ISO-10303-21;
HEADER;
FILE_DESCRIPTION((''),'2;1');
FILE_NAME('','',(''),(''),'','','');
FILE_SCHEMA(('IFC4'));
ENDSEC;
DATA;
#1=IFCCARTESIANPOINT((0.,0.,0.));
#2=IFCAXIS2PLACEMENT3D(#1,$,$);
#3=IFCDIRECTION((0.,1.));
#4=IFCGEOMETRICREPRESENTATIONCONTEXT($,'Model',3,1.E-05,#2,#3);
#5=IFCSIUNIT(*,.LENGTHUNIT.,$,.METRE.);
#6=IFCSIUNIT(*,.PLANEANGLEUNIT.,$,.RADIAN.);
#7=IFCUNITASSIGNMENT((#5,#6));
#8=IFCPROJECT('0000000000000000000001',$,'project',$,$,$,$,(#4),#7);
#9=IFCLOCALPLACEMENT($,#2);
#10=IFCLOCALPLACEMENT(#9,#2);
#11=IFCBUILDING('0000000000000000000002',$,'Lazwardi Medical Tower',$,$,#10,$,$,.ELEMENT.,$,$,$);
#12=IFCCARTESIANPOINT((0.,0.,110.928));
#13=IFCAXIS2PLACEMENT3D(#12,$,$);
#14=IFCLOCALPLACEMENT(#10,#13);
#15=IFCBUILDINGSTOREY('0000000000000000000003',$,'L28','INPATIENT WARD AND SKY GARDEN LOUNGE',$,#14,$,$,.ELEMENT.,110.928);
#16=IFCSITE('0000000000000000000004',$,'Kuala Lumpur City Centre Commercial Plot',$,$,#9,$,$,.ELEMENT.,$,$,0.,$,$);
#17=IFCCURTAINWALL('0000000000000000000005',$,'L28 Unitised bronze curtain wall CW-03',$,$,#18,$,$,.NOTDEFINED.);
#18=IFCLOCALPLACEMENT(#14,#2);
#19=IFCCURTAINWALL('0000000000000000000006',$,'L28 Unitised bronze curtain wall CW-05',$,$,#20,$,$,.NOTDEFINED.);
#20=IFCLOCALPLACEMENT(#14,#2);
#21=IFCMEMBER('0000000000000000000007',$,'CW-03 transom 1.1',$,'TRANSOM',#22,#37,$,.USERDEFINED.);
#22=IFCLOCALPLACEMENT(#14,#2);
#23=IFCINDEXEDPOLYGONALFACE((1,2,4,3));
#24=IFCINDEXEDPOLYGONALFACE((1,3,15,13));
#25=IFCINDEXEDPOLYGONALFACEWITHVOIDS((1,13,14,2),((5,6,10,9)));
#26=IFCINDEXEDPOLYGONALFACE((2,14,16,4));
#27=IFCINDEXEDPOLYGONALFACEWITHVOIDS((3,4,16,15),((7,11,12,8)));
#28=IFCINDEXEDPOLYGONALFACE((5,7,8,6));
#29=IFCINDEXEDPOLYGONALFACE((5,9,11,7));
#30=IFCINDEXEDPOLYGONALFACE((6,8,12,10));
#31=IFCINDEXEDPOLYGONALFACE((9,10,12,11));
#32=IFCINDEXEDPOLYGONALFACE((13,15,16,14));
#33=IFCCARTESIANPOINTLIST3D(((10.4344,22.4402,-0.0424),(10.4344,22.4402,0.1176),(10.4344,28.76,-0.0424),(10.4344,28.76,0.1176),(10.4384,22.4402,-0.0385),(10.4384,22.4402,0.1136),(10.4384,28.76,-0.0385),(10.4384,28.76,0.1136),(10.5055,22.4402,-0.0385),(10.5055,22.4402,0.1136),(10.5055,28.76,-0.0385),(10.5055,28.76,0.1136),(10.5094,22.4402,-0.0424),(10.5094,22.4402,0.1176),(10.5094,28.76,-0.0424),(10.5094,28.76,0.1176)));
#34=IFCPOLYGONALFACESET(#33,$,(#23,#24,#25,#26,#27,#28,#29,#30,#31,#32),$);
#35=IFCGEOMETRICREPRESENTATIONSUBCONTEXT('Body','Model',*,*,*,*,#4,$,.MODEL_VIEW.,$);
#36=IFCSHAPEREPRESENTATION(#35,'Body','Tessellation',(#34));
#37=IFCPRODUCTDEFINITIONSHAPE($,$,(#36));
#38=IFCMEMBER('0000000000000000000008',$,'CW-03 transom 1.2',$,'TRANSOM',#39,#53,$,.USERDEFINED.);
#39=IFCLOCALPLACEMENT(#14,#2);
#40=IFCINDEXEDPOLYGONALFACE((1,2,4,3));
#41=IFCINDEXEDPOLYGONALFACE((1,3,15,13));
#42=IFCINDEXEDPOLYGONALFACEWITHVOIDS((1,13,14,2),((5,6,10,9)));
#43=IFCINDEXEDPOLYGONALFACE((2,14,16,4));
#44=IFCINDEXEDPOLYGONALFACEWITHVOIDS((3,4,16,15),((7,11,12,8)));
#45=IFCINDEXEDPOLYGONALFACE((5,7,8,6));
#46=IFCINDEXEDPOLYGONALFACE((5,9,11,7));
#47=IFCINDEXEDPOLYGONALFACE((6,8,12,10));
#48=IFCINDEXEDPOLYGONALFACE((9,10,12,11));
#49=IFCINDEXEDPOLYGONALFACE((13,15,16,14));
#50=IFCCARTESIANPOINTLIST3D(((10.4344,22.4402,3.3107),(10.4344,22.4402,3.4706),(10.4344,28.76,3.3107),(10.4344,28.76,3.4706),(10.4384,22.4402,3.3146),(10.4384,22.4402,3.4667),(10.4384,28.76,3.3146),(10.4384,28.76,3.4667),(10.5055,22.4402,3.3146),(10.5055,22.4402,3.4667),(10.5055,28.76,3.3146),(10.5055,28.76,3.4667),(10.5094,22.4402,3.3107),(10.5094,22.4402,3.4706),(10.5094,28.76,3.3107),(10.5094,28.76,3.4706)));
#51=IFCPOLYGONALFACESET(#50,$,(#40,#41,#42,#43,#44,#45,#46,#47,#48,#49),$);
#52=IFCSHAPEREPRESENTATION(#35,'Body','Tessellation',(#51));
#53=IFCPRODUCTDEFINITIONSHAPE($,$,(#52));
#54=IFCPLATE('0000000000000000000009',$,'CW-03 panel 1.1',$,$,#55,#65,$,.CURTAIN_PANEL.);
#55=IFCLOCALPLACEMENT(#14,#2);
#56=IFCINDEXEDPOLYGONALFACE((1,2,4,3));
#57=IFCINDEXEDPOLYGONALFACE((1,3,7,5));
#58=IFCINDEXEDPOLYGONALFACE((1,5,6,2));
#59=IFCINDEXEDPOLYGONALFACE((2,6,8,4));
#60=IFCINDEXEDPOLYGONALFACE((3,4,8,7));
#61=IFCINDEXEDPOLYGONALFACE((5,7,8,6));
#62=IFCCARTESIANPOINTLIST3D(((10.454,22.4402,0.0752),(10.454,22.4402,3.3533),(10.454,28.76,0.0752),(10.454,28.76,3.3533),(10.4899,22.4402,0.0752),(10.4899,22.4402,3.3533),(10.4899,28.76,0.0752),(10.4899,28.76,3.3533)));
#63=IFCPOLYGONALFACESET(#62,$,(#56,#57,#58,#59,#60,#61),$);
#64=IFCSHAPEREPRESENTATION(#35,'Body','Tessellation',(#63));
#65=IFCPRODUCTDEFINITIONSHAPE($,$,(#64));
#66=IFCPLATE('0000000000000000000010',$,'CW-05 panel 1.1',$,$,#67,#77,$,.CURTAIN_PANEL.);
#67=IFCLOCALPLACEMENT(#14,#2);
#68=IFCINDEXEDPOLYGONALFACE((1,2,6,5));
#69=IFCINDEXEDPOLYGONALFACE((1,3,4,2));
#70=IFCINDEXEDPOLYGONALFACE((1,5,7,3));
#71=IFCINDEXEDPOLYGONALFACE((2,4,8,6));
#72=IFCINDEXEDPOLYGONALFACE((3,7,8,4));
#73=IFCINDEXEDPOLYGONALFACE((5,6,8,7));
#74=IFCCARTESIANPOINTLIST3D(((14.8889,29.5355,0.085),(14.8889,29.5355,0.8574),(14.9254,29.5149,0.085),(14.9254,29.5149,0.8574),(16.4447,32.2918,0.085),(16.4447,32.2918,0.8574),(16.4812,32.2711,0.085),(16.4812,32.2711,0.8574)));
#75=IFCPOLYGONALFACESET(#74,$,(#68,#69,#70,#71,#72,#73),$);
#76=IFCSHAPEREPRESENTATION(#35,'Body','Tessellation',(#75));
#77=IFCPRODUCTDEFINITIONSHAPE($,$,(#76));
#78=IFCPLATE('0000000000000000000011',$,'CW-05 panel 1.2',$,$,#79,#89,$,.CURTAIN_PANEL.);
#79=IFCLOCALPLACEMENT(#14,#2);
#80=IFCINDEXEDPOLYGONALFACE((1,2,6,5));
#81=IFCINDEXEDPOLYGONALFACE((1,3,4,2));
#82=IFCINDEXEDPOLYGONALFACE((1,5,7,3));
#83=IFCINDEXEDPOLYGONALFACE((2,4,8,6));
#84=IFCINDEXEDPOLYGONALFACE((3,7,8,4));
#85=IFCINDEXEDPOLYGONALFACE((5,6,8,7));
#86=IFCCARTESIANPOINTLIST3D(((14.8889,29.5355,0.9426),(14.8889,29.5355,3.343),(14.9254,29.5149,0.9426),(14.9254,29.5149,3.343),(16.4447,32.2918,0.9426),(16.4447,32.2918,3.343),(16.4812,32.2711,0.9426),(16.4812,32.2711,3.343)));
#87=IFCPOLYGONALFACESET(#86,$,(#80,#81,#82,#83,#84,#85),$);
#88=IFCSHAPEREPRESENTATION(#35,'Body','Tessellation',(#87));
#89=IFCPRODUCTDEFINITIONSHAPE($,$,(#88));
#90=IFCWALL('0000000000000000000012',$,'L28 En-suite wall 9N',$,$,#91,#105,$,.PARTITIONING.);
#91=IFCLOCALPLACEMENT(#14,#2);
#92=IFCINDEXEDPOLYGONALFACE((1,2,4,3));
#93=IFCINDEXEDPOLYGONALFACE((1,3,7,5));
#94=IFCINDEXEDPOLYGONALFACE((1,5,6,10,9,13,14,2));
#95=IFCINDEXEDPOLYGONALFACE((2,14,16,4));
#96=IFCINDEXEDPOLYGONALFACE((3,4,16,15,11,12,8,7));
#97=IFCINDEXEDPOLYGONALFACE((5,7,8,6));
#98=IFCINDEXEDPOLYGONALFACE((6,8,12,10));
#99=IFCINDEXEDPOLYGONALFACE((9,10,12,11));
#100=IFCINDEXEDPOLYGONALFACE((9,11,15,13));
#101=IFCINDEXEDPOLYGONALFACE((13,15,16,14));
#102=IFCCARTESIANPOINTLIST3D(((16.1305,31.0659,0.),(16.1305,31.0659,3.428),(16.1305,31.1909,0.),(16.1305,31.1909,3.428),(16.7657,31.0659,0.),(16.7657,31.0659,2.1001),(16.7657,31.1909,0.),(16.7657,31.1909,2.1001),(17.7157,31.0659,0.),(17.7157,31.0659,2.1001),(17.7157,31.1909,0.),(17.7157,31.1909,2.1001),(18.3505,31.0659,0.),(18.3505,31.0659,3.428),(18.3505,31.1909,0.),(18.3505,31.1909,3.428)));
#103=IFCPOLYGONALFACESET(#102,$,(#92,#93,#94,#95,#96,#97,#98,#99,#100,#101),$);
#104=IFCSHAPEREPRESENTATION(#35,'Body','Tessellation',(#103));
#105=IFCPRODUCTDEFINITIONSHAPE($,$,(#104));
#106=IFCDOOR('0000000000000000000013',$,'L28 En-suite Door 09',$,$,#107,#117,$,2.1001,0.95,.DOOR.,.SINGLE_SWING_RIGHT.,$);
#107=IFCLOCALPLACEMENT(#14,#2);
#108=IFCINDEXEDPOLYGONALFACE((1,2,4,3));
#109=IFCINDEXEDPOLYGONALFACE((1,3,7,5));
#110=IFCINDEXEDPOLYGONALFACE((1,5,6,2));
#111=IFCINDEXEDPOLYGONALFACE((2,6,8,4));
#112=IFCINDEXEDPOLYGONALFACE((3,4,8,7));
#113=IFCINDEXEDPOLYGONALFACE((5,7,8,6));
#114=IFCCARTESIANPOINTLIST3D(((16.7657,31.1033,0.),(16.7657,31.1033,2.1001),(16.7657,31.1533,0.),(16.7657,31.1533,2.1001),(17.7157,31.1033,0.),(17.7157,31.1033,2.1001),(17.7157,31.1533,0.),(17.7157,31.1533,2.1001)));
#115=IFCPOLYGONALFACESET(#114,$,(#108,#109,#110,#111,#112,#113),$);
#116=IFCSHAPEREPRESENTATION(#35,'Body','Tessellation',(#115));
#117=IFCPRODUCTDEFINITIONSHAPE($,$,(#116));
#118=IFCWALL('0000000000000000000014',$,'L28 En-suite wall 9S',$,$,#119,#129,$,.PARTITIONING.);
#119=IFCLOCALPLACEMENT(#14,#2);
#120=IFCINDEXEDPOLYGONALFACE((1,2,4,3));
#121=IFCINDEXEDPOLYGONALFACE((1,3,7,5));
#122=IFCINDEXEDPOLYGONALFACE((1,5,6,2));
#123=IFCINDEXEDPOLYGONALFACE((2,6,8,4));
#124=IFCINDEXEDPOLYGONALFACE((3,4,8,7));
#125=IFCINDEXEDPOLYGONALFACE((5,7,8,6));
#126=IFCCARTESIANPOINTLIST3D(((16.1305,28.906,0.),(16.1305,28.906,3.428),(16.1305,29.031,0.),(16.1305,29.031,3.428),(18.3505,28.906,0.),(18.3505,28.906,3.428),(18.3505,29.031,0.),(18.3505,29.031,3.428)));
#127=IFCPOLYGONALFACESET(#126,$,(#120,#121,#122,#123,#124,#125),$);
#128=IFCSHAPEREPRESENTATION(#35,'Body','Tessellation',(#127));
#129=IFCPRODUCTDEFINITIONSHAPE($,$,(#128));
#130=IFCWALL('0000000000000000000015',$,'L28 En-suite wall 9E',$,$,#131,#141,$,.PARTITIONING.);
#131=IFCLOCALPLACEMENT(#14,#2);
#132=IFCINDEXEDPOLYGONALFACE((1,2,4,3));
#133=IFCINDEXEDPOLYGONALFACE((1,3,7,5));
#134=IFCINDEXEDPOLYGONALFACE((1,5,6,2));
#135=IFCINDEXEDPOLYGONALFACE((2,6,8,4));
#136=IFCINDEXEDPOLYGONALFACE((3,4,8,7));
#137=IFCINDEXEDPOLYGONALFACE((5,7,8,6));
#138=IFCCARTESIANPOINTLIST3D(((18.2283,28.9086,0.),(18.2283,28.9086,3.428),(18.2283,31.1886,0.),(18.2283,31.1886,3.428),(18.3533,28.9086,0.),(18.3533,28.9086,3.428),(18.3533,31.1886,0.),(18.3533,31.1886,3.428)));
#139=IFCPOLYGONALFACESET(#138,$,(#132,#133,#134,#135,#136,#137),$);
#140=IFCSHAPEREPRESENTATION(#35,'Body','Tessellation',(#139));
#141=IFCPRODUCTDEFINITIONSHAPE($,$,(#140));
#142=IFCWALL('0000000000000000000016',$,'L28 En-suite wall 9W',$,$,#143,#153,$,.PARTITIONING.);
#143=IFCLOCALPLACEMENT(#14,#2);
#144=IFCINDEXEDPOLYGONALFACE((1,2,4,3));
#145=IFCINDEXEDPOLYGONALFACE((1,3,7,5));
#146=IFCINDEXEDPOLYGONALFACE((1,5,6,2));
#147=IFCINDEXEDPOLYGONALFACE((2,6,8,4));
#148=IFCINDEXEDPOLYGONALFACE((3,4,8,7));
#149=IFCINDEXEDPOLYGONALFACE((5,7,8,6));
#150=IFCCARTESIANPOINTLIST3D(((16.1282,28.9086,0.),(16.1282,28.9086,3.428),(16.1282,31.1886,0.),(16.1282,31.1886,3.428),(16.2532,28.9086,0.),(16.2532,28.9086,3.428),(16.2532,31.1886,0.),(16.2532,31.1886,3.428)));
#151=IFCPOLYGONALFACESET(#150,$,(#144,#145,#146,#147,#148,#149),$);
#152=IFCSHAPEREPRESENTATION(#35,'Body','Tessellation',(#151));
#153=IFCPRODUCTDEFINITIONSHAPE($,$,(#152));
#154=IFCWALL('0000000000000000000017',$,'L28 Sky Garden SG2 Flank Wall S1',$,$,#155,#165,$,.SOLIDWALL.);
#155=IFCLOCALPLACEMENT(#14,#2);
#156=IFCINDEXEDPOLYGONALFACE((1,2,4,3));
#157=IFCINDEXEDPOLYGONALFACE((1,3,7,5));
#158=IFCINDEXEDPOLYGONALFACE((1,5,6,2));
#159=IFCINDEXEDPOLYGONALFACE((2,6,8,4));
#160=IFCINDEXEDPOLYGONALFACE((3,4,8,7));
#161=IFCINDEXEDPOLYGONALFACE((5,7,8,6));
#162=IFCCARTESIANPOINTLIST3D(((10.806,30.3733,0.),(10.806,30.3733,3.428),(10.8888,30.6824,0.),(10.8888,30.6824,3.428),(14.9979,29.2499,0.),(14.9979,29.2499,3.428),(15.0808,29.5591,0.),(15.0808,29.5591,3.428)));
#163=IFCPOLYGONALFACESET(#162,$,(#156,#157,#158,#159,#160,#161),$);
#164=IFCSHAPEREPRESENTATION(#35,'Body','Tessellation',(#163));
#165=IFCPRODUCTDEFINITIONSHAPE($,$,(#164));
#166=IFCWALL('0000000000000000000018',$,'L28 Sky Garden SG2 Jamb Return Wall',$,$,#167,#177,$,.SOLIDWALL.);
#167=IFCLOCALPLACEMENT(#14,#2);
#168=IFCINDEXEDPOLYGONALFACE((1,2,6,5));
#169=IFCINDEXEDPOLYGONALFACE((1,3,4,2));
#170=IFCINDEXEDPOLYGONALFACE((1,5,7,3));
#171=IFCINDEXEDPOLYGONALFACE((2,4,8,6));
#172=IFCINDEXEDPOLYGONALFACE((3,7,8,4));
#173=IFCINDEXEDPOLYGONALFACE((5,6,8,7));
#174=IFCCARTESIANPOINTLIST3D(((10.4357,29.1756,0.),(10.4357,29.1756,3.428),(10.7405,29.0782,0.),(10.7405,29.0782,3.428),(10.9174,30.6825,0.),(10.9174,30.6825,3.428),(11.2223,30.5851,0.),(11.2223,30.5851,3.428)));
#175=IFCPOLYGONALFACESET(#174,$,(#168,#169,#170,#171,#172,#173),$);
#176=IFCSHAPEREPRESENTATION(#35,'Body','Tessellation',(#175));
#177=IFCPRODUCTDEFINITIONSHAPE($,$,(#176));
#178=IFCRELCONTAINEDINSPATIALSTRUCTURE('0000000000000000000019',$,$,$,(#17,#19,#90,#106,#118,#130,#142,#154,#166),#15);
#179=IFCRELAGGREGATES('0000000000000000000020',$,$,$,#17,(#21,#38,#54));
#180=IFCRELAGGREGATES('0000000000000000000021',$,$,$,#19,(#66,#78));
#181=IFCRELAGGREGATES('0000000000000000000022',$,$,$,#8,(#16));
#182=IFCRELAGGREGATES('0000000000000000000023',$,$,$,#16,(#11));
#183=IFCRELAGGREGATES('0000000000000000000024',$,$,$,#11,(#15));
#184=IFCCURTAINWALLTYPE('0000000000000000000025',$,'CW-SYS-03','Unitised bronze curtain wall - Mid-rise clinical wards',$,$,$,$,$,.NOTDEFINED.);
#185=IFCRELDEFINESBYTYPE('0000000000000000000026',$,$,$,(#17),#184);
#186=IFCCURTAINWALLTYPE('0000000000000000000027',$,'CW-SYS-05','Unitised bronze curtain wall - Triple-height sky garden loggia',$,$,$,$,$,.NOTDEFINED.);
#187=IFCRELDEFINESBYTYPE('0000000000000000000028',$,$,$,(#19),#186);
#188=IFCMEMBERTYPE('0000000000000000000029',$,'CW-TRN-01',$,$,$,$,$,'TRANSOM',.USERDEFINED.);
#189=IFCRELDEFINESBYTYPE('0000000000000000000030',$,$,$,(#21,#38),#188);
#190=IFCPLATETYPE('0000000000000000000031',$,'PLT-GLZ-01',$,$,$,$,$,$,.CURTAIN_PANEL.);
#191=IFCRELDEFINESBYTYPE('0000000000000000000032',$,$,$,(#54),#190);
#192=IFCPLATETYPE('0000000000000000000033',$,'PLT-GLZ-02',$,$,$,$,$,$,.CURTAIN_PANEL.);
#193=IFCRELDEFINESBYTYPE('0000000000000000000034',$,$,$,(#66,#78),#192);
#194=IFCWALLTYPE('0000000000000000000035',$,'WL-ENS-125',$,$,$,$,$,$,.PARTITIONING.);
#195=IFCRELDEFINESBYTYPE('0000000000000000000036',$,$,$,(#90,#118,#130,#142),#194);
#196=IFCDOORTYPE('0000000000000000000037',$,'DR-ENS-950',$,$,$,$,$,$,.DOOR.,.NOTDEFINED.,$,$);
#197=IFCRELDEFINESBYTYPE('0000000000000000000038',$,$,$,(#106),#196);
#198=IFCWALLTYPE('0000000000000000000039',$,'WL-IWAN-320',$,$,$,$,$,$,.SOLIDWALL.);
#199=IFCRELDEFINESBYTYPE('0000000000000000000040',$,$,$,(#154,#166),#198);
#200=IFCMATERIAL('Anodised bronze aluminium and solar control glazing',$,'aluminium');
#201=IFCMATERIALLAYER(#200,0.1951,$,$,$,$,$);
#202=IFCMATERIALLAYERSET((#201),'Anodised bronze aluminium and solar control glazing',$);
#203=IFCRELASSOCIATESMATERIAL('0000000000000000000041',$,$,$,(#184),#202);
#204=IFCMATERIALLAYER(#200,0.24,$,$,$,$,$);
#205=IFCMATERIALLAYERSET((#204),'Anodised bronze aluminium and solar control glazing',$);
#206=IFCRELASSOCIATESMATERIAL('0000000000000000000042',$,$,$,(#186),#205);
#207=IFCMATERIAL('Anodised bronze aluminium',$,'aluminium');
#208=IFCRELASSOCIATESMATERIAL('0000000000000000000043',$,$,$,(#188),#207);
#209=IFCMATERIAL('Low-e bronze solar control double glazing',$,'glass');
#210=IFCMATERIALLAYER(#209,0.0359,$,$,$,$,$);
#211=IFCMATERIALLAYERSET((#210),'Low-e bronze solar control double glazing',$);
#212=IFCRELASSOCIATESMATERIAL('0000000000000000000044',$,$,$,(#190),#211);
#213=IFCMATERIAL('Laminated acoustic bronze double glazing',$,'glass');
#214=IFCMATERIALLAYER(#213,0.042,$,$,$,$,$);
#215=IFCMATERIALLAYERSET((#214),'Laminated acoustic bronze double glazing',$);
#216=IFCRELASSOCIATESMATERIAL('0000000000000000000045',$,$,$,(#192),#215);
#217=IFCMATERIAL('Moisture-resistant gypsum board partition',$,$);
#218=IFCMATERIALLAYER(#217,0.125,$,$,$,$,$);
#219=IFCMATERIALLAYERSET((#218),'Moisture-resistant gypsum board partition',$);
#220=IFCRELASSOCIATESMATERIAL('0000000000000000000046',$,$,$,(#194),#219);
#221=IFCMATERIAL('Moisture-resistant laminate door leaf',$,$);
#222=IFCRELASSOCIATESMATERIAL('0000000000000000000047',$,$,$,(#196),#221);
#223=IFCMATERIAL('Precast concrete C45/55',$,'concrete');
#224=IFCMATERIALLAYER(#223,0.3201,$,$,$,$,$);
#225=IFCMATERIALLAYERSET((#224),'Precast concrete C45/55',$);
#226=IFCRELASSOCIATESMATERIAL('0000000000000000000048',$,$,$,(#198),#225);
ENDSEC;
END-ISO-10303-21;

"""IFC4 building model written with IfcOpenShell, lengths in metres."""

from ifc_helpers import new_model, si_unit, direction, frame, frame_2d, origin, origin_2d, place, context, subcontext, project, spatial, rectangle, hollow_rectangle, extrude, material, layer, layer_set, material_profile, profile_set, type_object, element, fill, aggregate, save


model = new_model("IFC4")

# Units and contexts
model_context = context("Model", 3, precision=1e-05, world=origin(), true_north=direction((0.0, 1.0)))
body_context = subcontext(model_context, "Body", "Model", "MODEL_VIEW")
ifc_project = project(units=[si_unit("LENGTHUNIT", "METRE"), si_unit("PLANEANGLEUNIT", "RADIAN")], contexts=[model_context])

# Site, building, storey
site_placement = place(None, origin())
site = spatial("IfcSite", under=ifc_project, at=site_placement, Name="Kuala Lumpur City Centre Commercial Plot", CompositionType="ELEMENT", RefElevation=0.0)
building_placement = place(site_placement, origin())
building = spatial("IfcBuilding", under=site, at=building_placement, Name="Lazwardi Medical Tower", CompositionType="ELEMENT")
storey_placement = place(building_placement, frame((0.0, 0.0, 110.928)))
storey = spatial("IfcBuildingStorey", under=building, at=storey_placement, Name="L28", Description="INPATIENT WARD AND SKY GARDEN LOUNGE", CompositionType="ELEMENT", Elevation=110.928)

# Curtain wall
ifc_material_1 = material(Name="Anodised bronze aluminium and solar control glazing", Category="aluminium")
ifc_layer_1 = layer(ifc_material_1, 0.1951)
ifc_layer_set_1 = layer_set([ifc_layer_1], Name="Anodised bronze aluminium and solar control glazing")
curtain_wall_type_1 = type_object("IfcCurtainWallType", Name="CW-SYS-03", Description="Unitised bronze curtain wall - Mid-rise clinical wards", PredefinedType="NOTDEFINED", material=ifc_layer_set_1)
curtain_wall_1_placement = place(storey_placement, origin())
curtain_wall_1 = element("IfcCurtainWall", 1, at=curtain_wall_1_placement, inside=storey, type_object=curtain_wall_type_1, Name="L28 Unitised bronze curtain wall CW-03", PredefinedType="NOTDEFINED")
ifc_material_2 = material(Name="Anodised bronze aluminium", Category="aluminium")

# Curtain wall
ifc_layer_2 = layer(ifc_material_1, 0.24)
ifc_layer_set_2 = layer_set([ifc_layer_2], Name="Anodised bronze aluminium and solar control glazing")
curtain_wall_type_2 = type_object("IfcCurtainWallType", Name="CW-SYS-05", Description="Unitised bronze curtain wall - Triple-height sky garden loggia", PredefinedType="NOTDEFINED", material=ifc_layer_set_2)
curtain_wall_2_placement = place(storey_placement, origin())
curtain_wall_2 = element("IfcCurtainWall", 2, at=curtain_wall_2_placement, inside=storey, type_object=curtain_wall_type_2, Name="L28 Unitised bronze curtain wall CW-05", PredefinedType="NOTDEFINED")

# Members
ifc_material_profile_1 = material_profile(ifc_material_2, hollow_rectangle(XDim=0.075, YDim=0.1599, WallThickness=0.0039, at=origin_2d()), Name="ALU-TRANSOM 160x75x4")
ifc_profile_set_1 = profile_set([ifc_material_profile_1], Name="Anodised bronze aluminium")
member_type_1 = type_object("IfcMemberType", Name="CW-TRN-01", ElementType="TRANSOM", PredefinedType="USERDEFINED", material=ifc_profile_set_1)
member_1_placement = place(storey_placement, frame((10.4719, 28.76, 0.0376), z_axis=(0.0, -1.0, 0.0), x_axis=(1.0, 0.0, 0.0)))
member_1 = element("IfcMember", 3, at=member_1_placement, type_object=member_type_1, Name="CW-03 transom 1.1", ObjectType="TRANSOM", PredefinedType="USERDEFINED", context=body_context, shape_type="SweptSolid", body=[
    extrude(hollow_rectangle(XDim=0.075, YDim=0.1599, WallThickness=0.0039, at=origin_2d()), origin(), (0.0, 0.0, 1.0), 6.3198),
])
member_2_placement = place(storey_placement, frame((10.4719, 28.76, 3.3906), z_axis=(0.0, -1.0, 0.0), x_axis=(1.0, 0.0, 0.0)))
member_2 = element("IfcMember", 4, at=member_2_placement, type_object=member_type_1, Name="CW-03 transom 1.2", ObjectType="TRANSOM", PredefinedType="USERDEFINED", context=body_context, shape_type="SweptSolid", body=[
    extrude(hollow_rectangle(XDim=0.075, YDim=0.1599, WallThickness=0.0039, at=origin_2d()), origin(), (0.0, 0.0, 1.0), 6.3198),
])

# Plates
ifc_material_3 = material(Name="Low-e bronze solar control double glazing", Category="glass")
ifc_layer_3 = layer(ifc_material_3, 0.0359)
ifc_layer_set_3 = layer_set([ifc_layer_3], Name="Low-e bronze solar control double glazing")
plate_type_1 = type_object("IfcPlateType", Name="PLT-GLZ-01", PredefinedType="CURTAIN_PANEL", material=ifc_layer_set_3)
plate_1_placement = place(storey_placement, frame((10.4719, 25.6001, 0.0752), z_axis=(0.0, 0.0, 1.0), x_axis=(0.0, -1.0, 0.0)))
plate_1 = element("IfcPlate", 5, at=plate_1_placement, type_object=plate_type_1, Name="CW-03 panel 1.1", PredefinedType="CURTAIN_PANEL", context=body_context, shape_type="SweptSolid", body=[
    extrude(rectangle(XDim=6.3198, YDim=0.0359, at=origin_2d()), origin(), (0.0, 0.0, 1.0), 3.2781),
])
aggregate(curtain_wall_1, [member_1, member_2, plate_1])
ifc_material_4 = material(Name="Laminated acoustic bronze double glazing", Category="glass")
ifc_layer_4 = layer(ifc_material_4, 0.042)
ifc_layer_set_4 = layer_set([ifc_layer_4], Name="Laminated acoustic bronze double glazing")
plate_type_2 = type_object("IfcPlateType", Name="PLT-GLZ-02", PredefinedType="CURTAIN_PANEL", material=ifc_layer_set_4)
plate_2_placement = place(storey_placement, frame((15.6851, 30.9033, 0.085), z_axis=(0.0, 0.0, 1.0), x_axis=(-0.491556, -0.870846, 0.0)))
plate_2 = element("IfcPlate", 6, at=plate_2_placement, type_object=plate_type_2, Name="CW-05 panel 1.1", PredefinedType="CURTAIN_PANEL", context=body_context, shape_type="SweptSolid", body=[
    extrude(rectangle(XDim=3.165, YDim=0.042, at=origin_2d()), origin(), (0.0, 0.0, 1.0), 0.7725),
])
plate_3_placement = place(storey_placement, frame((15.6851, 30.9033, 0.9426), z_axis=(0.0, 0.0, 1.0), x_axis=(-0.491556, -0.870846, 0.0)))
plate_3 = element("IfcPlate", 7, at=plate_3_placement, type_object=plate_type_2, Name="CW-05 panel 1.2", PredefinedType="CURTAIN_PANEL", context=body_context, shape_type="SweptSolid", body=[
    extrude(rectangle(XDim=3.165, YDim=0.042, at=origin_2d()), origin(), (0.0, 0.0, 1.0), 2.4004),
])
aggregate(curtain_wall_2, [plate_2, plate_3])

# Wall, opening, door
ifc_material_5 = material(Name="Moisture-resistant gypsum board partition")
ifc_layer_5 = layer(ifc_material_5, 0.125)
ifc_layer_set_5 = layer_set([ifc_layer_5], Name="Moisture-resistant gypsum board partition")
wall_type_1 = type_object("IfcWallType", Name="WL-ENS-125", PredefinedType="PARTITIONING", material=ifc_layer_set_5)
wall_1_placement = place(storey_placement, frame((16.1306, 31.1284, 0.0), z_axis=(0.0, 0.0, 1.0), x_axis=(1.0, 0.0, 0.0)))
wall_1 = element("IfcWall", 8, at=wall_1_placement, inside=storey, type_object=wall_type_1, Name="L28 En-suite wall 9N", PredefinedType="PARTITIONING", context=body_context, shape_type="SweptSolid", body=[
    extrude(rectangle(XDim=2.22, YDim=0.125, at=frame_2d((1.1099, 0.0))), origin(), (0.0, 0.0, 1.0), 3.428),
])
opening_placement = place(wall_1_placement, frame((0.635, 0.0, 0.0)))
opening = element("IfcOpeningElement", 9, at=opening_placement, cuts=wall_1, PredefinedType="OPENING", context=body_context, shape_type="SweptSolid", body=[
    extrude(rectangle(XDim=0.95, YDim=2.1001, at=frame_2d((0.4751, 1.05))), frame((0.0, 0.0725, 0.0), z_axis=(0.0, -1.0, 0.0), x_axis=(1.0, 0.0, 0.0)), (0.0, 0.0, 1.0), 0.145),
])
ifc_material_6 = material(Name="Moisture-resistant laminate door leaf")
door_type = type_object("IfcDoorType", Name="DR-ENS-950", OperationType="NOTDEFINED", PredefinedType="DOOR", material=ifc_material_6)
door_placement = place(opening_placement, origin())
door = element("IfcDoor", 10, at=door_placement, inside=storey, type_object=door_type, Name="L28 En-suite Door 09", OperationType="SINGLE_SWING_RIGHT", OverallHeight=2.1001, OverallWidth=0.95, PredefinedType="DOOR", context=body_context, shape_type="SweptSolid", body=[
    extrude(rectangle(XDim=0.95, YDim=2.1001, at=frame_2d((0.4751, 1.05))), frame((0.0, 0.0249, 0.0), z_axis=(0.0, -1.0, 0.0), x_axis=(1.0, 0.0, 0.0)), (0.0, 0.0, 1.0), 0.05),
])
fill(opening, door)

# Walls
wall_2_placement = place(storey_placement, frame((16.1306, 28.9685, 0.0), z_axis=(0.0, 0.0, 1.0), x_axis=(1.0, 0.0, 0.0)))
element("IfcWall", 11, at=wall_2_placement, inside=storey, type_object=wall_type_1, Name="L28 En-suite wall 9S", PredefinedType="PARTITIONING", context=body_context, shape_type="SweptSolid", body=[
    extrude(rectangle(XDim=2.22, YDim=0.125, at=frame_2d((1.1099, 0.0))), origin(), (0.0, 0.0, 1.0), 3.428),
])
for number, where, z_axis, x_axis, name in (
    (12, (18.2908, 28.9084, 0.0), (0.0, 0.0, 1.0), (0.0, 1.0, 0.0), "L28 En-suite wall 9E"),
    (13, (16.1907, 28.9084, 0.0), (0.0, 0.0, 1.0), (0.0, 1.0, 0.0), "L28 En-suite wall 9W"),
):
    element("IfcWall", number, at=place(storey_placement, frame(where, z_axis=z_axis, x_axis=x_axis)), inside=storey, type_object=wall_type_1, Name=name, PredefinedType="PARTITIONING", context=body_context, shape_type="SweptSolid", body=[
        extrude(rectangle(XDim=2.28, YDim=0.125, at=frame_2d((1.1401, 0.0))), origin(), (0.0, 0.0, 1.0), 3.428),
    ])
ifc_material_7 = material(Name="Precast concrete C45/55", Category="concrete")
ifc_layer_6 = layer(ifc_material_7, 0.3201)
ifc_layer_set_6 = layer_set([ifc_layer_6], Name="Precast concrete C45/55")
wall_type_2 = type_object("IfcWallType", Name="WL-IWAN-320", PredefinedType="SOLIDWALL", material=ifc_layer_set_6)
wall_3_placement = place(storey_placement, frame((10.8474, 30.5278, 0.0), z_axis=(0.0, 0.0, 1.0), x_axis=(0.965921, -0.258835, 0.0)))
element("IfcWall", 14, at=wall_3_placement, inside=storey, type_object=wall_type_2, Name="L28 Sky Garden SG2 Flank Wall S1", PredefinedType="SOLIDWALL", context=body_context, shape_type="SweptSolid", body=[
    extrude(rectangle(XDim=4.3398, YDim=0.3201, at=frame_2d((2.1699, 0.0))), origin(), (0.0, 0.0, 1.0), 3.428),
])
wall_4_placement = place(storey_placement, frame((11.0698, 30.6338, 0.0), z_axis=(0.0, 0.0, 1.0), x_axis=(-0.30449, -0.952515, 0.0)))
element("IfcWall", 15, at=wall_4_placement, inside=storey, type_object=wall_type_2, Name="L28 Sky Garden SG2 Jamb Return Wall", PredefinedType="SOLIDWALL", context=body_context, shape_type="SweptSolid", body=[
    extrude(rectangle(XDim=1.582, YDim=0.3201, at=frame_2d((0.791, 0.0))), origin(), (0.0, 0.0, 1.0), 3.428),
])

save(model, "model.ifc")
